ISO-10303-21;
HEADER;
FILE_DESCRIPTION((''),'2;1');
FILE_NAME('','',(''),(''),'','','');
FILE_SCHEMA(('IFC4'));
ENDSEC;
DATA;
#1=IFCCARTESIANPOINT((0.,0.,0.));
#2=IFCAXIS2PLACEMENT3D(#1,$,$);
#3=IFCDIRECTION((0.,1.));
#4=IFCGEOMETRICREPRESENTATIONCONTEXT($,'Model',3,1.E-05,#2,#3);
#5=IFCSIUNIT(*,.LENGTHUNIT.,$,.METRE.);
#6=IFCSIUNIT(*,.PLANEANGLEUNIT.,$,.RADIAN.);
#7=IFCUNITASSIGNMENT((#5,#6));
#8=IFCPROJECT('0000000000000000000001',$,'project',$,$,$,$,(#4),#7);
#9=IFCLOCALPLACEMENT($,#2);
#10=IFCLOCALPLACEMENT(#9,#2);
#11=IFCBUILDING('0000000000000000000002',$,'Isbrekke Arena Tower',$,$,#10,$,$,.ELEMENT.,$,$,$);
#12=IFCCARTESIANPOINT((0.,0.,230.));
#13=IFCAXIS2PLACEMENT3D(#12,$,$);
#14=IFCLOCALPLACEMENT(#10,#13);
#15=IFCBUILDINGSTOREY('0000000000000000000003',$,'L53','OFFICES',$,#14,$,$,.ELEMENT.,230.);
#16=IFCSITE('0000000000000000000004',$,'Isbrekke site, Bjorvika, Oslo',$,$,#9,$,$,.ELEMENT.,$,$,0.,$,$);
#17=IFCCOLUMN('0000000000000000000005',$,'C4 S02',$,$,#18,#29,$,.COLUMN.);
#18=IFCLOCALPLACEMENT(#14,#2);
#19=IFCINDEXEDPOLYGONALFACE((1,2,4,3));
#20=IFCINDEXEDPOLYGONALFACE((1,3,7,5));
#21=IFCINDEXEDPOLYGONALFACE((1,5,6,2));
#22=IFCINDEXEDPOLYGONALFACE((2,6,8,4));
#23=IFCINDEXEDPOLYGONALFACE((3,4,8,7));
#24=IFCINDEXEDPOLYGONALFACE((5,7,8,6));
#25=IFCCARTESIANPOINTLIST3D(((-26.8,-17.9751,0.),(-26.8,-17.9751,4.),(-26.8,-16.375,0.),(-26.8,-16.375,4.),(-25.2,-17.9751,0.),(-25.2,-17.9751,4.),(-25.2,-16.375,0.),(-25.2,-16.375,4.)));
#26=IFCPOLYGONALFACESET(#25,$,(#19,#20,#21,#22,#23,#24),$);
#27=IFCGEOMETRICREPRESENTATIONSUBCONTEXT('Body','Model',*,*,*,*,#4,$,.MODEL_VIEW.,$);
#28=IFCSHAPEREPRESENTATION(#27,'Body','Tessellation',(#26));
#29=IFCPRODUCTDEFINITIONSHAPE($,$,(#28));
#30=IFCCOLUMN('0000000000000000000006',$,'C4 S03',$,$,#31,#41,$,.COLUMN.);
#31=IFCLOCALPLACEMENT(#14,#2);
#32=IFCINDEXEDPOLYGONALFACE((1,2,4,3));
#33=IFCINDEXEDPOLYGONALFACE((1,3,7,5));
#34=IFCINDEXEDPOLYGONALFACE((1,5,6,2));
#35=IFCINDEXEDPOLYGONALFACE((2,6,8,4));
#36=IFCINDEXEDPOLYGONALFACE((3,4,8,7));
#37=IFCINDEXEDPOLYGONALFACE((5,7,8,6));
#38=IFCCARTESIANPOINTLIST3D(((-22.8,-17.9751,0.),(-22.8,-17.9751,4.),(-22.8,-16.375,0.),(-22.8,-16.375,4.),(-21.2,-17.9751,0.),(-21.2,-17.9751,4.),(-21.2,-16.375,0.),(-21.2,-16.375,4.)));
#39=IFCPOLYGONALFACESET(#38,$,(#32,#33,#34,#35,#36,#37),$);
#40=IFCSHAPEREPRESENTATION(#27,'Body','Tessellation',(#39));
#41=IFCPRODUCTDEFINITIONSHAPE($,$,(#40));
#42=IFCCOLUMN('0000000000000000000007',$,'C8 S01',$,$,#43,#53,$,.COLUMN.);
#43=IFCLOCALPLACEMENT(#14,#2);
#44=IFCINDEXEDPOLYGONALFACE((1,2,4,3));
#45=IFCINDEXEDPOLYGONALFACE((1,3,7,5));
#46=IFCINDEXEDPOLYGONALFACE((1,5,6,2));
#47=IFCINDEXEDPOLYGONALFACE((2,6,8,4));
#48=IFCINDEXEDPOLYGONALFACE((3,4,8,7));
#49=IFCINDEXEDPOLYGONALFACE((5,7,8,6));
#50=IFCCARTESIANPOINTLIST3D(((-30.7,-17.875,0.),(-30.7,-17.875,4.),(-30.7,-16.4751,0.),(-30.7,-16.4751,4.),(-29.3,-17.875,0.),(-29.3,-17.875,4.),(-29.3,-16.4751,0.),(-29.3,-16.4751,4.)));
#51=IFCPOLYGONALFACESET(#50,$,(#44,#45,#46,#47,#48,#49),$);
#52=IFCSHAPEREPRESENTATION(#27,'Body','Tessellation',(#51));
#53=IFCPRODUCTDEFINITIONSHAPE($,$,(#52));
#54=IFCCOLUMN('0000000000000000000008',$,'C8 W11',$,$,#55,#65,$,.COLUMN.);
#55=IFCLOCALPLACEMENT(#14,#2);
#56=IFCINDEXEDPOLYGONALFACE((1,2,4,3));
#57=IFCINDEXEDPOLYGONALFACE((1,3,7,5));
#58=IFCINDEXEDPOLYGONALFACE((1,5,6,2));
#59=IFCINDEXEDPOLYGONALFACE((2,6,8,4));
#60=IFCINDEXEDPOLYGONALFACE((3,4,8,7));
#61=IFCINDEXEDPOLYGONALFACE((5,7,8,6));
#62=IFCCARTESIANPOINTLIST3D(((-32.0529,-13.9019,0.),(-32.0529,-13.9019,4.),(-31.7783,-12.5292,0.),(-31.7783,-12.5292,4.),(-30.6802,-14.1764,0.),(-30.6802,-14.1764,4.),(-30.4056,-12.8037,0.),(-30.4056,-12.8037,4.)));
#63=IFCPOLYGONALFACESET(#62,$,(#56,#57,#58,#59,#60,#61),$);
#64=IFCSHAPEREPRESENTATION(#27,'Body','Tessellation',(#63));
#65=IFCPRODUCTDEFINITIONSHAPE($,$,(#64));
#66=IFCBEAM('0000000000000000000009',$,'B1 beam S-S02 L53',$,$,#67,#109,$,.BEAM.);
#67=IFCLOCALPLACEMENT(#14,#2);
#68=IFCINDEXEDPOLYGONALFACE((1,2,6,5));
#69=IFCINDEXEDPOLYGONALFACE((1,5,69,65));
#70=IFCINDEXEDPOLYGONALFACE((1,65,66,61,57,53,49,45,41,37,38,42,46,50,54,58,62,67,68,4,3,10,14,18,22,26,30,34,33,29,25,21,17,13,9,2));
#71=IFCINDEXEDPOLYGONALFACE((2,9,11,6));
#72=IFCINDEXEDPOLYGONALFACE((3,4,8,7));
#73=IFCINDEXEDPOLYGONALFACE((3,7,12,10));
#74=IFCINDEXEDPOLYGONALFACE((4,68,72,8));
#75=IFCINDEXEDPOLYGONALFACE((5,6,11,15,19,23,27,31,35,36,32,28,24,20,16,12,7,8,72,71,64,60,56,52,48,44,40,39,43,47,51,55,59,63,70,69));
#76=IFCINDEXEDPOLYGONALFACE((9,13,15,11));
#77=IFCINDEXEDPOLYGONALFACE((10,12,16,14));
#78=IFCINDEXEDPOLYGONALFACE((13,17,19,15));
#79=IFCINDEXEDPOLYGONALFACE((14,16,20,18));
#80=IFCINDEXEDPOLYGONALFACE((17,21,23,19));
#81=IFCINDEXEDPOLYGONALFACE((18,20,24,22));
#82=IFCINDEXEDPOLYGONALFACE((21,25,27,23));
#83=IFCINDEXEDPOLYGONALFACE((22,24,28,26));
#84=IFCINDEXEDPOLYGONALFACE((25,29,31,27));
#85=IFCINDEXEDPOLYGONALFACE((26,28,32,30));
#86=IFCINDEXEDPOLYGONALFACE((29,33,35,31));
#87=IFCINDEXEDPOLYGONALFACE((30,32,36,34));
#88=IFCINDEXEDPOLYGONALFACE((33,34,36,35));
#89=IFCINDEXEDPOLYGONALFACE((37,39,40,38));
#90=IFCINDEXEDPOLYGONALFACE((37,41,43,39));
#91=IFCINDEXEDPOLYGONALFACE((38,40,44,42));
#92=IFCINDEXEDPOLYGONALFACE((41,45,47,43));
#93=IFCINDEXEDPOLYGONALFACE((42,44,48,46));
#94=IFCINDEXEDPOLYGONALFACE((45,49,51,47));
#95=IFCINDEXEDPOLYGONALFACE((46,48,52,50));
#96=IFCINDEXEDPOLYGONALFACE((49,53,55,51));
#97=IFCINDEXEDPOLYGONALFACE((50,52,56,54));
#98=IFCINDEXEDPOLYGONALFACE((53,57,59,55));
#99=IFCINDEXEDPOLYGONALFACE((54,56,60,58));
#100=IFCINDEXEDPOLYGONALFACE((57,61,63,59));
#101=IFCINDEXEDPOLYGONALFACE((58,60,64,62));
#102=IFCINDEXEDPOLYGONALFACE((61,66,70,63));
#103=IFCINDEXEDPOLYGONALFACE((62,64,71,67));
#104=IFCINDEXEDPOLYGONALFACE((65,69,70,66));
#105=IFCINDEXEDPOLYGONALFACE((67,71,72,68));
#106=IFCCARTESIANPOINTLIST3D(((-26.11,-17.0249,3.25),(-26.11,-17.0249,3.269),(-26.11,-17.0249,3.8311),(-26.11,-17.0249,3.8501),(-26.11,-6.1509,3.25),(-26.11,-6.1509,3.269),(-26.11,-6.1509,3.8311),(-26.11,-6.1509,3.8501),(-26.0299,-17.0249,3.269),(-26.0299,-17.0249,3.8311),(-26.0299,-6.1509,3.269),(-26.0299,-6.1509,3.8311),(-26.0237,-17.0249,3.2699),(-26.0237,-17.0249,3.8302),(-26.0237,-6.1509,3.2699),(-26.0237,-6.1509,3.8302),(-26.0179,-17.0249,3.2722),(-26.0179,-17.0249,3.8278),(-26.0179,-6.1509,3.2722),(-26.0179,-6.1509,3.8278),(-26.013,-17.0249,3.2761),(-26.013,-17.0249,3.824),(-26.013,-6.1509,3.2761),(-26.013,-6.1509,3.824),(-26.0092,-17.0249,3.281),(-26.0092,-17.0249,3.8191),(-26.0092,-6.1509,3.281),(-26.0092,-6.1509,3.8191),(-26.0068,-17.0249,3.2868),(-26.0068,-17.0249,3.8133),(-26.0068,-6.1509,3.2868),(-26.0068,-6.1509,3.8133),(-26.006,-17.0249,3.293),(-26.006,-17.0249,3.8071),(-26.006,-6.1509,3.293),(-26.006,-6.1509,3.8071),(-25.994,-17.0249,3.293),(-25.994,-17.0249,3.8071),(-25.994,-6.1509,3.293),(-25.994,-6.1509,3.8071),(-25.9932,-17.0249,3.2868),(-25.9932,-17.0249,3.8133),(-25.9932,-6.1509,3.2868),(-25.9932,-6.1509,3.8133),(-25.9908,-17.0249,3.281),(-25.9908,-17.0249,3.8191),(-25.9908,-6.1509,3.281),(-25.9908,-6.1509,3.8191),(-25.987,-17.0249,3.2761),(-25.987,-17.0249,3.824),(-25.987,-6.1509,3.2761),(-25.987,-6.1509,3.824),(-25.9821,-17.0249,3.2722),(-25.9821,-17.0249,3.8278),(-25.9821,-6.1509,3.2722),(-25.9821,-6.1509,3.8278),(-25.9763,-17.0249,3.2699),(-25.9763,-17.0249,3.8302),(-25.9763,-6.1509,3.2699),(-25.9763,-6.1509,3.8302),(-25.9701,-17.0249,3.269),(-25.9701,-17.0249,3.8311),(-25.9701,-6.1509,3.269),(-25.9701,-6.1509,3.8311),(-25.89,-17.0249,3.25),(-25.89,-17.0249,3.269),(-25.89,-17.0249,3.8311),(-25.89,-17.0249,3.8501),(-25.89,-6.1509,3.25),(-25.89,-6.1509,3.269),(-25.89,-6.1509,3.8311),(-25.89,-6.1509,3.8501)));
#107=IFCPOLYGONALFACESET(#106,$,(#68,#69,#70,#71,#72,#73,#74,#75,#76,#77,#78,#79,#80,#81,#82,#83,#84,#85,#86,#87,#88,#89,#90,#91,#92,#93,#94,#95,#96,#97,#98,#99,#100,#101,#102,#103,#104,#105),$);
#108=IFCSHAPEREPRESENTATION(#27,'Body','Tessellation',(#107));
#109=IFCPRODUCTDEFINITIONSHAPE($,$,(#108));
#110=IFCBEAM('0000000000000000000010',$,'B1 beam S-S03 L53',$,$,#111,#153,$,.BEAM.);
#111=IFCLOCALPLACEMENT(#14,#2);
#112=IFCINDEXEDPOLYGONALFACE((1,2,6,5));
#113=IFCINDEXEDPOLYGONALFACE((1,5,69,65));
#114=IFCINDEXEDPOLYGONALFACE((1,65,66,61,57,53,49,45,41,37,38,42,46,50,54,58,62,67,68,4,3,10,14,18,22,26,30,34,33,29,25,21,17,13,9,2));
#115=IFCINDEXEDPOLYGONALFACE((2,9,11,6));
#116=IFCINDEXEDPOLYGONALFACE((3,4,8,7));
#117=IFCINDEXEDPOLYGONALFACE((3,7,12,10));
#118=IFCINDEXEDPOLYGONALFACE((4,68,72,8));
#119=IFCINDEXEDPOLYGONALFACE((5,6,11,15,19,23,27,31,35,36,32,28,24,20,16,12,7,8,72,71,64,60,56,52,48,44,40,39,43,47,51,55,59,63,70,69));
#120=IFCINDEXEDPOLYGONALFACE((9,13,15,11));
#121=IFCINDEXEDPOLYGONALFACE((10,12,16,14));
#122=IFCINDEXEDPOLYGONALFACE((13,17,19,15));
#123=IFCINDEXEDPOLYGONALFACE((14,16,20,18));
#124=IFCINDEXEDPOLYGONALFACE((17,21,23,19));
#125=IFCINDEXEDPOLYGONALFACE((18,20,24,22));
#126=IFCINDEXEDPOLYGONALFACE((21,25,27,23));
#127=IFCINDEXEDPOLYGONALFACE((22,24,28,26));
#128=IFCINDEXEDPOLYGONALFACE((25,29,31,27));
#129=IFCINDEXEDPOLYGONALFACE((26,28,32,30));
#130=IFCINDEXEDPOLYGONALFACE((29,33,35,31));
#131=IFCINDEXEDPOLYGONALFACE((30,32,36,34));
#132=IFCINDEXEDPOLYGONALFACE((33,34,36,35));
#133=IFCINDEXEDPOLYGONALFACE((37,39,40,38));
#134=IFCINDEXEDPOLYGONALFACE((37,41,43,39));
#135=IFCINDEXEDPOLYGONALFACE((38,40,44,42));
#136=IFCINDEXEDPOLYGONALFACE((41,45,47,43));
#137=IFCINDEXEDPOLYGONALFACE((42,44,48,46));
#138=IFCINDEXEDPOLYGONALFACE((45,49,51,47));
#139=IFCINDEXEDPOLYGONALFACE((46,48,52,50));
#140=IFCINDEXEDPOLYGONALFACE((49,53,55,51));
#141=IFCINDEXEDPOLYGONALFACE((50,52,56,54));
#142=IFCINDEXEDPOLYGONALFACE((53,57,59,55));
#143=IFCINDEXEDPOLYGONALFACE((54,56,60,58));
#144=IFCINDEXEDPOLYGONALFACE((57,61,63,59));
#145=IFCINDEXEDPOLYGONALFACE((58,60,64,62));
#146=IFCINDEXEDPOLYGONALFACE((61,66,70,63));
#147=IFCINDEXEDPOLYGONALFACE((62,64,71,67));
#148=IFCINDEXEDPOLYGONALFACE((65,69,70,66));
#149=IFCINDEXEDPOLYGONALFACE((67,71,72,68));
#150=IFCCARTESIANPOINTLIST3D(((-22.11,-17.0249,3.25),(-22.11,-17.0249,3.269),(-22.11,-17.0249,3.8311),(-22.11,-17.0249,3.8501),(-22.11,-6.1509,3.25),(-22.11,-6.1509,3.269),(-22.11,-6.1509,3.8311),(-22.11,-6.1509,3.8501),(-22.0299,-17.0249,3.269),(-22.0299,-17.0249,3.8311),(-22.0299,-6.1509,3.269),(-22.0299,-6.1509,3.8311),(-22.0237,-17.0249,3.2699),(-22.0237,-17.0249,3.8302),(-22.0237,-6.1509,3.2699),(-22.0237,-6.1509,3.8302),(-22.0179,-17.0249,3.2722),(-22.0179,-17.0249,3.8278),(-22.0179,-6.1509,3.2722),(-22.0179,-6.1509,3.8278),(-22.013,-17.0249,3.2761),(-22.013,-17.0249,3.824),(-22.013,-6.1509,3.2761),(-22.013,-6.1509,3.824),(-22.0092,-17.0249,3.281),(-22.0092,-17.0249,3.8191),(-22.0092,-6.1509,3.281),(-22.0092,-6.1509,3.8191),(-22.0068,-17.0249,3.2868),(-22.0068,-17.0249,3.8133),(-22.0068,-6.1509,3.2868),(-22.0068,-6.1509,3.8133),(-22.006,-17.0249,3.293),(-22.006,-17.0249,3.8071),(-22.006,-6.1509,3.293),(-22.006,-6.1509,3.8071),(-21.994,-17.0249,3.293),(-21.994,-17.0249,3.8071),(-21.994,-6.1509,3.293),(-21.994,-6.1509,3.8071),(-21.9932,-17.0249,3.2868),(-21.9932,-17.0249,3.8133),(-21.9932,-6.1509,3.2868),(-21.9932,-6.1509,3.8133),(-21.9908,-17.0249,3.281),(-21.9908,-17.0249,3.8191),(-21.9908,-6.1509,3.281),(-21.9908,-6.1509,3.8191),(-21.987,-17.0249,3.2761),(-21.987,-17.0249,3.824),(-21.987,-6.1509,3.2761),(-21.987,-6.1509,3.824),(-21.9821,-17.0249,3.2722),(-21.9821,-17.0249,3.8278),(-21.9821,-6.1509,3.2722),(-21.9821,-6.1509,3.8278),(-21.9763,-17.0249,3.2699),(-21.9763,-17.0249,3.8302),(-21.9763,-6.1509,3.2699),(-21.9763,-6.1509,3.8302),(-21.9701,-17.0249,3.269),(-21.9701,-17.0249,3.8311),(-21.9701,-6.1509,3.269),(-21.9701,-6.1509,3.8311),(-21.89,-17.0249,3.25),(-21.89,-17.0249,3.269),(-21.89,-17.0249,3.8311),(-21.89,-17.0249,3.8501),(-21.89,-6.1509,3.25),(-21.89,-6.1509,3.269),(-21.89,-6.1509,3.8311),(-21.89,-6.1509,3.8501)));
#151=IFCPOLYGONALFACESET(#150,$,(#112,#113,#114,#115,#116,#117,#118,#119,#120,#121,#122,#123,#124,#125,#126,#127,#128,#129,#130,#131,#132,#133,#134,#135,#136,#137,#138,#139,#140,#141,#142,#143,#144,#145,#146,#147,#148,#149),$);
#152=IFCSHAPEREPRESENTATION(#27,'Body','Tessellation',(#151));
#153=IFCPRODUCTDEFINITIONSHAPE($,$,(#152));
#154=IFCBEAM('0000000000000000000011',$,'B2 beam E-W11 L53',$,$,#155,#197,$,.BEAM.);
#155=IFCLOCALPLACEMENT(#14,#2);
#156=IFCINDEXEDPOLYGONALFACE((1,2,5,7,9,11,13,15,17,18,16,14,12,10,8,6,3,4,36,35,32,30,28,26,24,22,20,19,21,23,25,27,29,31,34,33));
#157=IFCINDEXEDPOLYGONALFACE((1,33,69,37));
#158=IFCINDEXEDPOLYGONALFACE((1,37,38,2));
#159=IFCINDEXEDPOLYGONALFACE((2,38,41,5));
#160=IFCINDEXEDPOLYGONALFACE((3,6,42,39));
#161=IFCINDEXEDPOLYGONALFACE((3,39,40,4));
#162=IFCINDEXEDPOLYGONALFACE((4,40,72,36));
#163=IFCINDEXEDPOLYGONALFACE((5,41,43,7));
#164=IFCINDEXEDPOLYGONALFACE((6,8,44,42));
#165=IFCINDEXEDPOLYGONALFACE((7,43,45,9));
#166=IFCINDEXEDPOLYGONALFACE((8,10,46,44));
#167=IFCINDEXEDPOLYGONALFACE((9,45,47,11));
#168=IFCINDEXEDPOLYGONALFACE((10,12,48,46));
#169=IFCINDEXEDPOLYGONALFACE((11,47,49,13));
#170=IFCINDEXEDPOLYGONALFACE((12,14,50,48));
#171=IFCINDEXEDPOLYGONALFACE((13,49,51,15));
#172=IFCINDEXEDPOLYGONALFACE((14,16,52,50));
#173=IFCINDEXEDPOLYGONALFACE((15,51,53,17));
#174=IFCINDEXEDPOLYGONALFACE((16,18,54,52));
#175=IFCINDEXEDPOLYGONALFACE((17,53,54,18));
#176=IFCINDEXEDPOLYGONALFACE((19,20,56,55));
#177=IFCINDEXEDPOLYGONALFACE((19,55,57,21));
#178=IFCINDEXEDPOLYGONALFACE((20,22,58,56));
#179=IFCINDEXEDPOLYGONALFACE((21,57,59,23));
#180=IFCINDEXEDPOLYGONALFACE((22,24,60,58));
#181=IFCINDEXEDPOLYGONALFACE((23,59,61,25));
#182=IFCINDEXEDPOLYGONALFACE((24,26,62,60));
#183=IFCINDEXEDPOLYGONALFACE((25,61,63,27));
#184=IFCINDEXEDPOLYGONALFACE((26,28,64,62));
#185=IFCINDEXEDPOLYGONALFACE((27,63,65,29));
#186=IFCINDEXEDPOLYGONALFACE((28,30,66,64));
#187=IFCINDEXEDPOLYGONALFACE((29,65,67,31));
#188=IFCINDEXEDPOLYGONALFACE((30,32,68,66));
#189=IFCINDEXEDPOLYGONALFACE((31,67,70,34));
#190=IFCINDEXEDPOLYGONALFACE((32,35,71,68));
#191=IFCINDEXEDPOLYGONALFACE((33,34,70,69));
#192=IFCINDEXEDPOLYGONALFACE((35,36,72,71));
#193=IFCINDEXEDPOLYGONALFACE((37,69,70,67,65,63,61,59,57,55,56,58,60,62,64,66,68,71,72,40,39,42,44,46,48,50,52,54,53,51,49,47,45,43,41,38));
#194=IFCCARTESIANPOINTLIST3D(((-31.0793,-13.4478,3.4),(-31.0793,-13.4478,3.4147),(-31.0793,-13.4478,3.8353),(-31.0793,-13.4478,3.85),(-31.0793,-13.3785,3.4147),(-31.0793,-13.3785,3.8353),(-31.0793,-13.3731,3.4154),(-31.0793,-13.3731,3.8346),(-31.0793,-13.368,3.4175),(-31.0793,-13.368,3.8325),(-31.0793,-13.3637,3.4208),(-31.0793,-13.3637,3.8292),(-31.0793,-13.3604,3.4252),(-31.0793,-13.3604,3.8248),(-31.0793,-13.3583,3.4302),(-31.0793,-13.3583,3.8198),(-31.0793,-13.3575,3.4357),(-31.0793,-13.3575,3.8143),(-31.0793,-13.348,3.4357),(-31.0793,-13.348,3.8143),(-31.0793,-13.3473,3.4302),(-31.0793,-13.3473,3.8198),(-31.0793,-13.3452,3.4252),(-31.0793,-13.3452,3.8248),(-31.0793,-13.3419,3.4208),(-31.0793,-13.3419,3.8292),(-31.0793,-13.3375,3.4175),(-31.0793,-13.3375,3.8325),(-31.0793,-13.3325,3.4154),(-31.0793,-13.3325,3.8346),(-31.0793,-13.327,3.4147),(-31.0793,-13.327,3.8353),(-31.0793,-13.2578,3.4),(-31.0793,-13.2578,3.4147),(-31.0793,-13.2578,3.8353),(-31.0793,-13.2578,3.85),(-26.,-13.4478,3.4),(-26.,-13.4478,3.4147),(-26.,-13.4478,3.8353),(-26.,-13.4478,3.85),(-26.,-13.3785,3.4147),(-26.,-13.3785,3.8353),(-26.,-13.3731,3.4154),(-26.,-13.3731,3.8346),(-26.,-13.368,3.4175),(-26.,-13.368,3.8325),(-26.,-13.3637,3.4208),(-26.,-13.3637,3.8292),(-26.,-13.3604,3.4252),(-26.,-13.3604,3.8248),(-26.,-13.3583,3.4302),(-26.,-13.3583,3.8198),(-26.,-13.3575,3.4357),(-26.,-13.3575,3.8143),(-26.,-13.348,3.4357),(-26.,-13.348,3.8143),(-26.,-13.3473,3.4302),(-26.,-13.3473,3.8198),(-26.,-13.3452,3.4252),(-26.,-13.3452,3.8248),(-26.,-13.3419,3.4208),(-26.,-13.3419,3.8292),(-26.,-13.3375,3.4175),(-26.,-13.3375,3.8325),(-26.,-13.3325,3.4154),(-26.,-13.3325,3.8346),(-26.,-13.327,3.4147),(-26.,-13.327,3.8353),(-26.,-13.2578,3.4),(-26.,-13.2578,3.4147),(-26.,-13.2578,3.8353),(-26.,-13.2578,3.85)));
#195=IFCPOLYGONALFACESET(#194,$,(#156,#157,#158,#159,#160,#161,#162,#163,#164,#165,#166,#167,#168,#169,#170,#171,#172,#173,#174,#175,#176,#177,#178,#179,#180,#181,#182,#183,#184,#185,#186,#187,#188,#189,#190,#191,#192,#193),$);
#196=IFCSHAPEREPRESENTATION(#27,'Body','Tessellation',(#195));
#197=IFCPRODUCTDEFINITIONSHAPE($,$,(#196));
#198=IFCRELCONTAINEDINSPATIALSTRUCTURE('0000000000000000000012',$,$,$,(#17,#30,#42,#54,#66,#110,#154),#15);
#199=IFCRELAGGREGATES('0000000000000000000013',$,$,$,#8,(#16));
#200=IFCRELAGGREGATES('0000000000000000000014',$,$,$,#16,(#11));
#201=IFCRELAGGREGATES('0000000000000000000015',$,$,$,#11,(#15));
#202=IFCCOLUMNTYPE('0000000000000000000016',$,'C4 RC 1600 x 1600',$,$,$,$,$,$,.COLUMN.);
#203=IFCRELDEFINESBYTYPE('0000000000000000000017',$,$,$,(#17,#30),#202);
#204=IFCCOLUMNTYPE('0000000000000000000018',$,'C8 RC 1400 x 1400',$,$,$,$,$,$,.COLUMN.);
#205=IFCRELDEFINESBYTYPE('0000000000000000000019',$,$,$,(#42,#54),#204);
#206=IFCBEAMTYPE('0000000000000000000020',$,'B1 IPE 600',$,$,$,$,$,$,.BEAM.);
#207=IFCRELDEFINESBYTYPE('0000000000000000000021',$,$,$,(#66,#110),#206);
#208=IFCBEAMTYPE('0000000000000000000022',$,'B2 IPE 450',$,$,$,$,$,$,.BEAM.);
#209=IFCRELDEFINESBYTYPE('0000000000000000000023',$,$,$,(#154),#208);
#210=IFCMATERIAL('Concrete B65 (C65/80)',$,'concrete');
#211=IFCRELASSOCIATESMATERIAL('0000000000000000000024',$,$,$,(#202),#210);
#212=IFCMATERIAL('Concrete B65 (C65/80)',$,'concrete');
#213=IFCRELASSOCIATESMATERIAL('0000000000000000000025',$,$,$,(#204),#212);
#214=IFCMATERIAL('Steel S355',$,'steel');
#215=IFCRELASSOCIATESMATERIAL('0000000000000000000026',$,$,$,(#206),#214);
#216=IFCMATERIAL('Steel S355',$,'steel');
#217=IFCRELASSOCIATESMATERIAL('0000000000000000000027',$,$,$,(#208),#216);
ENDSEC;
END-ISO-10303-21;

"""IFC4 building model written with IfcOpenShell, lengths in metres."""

from ifc_helpers import new_model, si_unit, direction, frame, origin, origin_2d, place, context, subcontext, project, spatial, rectangle, i_section, extrude, material, material_profile, profile_set, type_object, element, save


model = new_model("IFC4")

# Units and contexts
model_context = context("Model", 3, precision=1e-05, world=origin(), true_north=direction((0.0, 1.0)))
body_context = subcontext(model_context, "Body", "Model", "MODEL_VIEW")
ifc_project = project(units=[si_unit("LENGTHUNIT", "METRE"), si_unit("PLANEANGLEUNIT", "RADIAN")], contexts=[model_context])

# Site, building, storey
site_placement = place(None, origin())
site = spatial("IfcSite", under=ifc_project, at=site_placement, Name="Isbrekke site, Bjorvika, Oslo", CompositionType="ELEMENT", RefElevation=0.0)
building_placement = place(site_placement, origin())
building = spatial("IfcBuilding", under=site, at=building_placement, Name="Isbrekke Arena Tower", CompositionType="ELEMENT")
storey_placement = place(building_placement, frame((0.0, 0.0, 230.0)))
storey = spatial("IfcBuildingStorey", under=building, at=storey_placement, Name="L53", Description="OFFICES", CompositionType="ELEMENT", Elevation=230.0)

# Columns
ifc_material_1 = material(Name="Concrete B65 (C65/80)", Category="concrete")
ifc_material_profile_1 = material_profile(ifc_material_1, rectangle(XDim=1.6001, YDim=1.6001, at=origin_2d()), Name="RC 1600x1600")
ifc_profile_set_1 = profile_set([ifc_material_profile_1], Name="Concrete B65 (C65/80)")
column_type_1 = type_object("IfcColumnType", Name="C4 RC 1600 x 1600", PredefinedType="COLUMN", material=ifc_profile_set_1)
for number, where, z_axis, x_axis, name in (
    (1, (-26.0, -17.175, 0.0), (0.0, 0.0, 1.0), (1.0, 0.0, 0.0), "C4 S02"),
    (2, (-22.0, -17.175, 0.0), (0.0, 0.0, 1.0), (1.0, 0.0, 0.0), "C4 S03"),
):
    element("IfcColumn", number, at=place(storey_placement, frame(where, z_axis=z_axis, x_axis=x_axis)), inside=storey, type_object=column_type_1, Name=name, PredefinedType="COLUMN", context=body_context, shape_type="SweptSolid", body=[
        extrude(rectangle(XDim=1.6001, YDim=1.6001, at=origin_2d()), origin(), (0.0, 0.0, 1.0), 4.0),
    ])
ifc_material_2 = material(Name="Concrete B65 (C65/80)", Category="concrete")
ifc_material_profile_2 = material_profile(ifc_material_2, rectangle(XDim=1.3999, YDim=1.3999, at=origin_2d()), Name="RC 1400x1400")
ifc_profile_set_2 = profile_set([ifc_material_profile_2], Name="Concrete B65 (C65/80)")
column_type_2 = type_object("IfcColumnType", Name="C8 RC 1400 x 1400", PredefinedType="COLUMN", material=ifc_profile_set_2)
for number, where, z_axis, x_axis, name in (
    (3, (-30.0, -17.175, 0.0), (0.0, 0.0, 1.0), (1.0, 0.0, 0.0), "C8 S01"),
    (4, (-31.2292, -13.3528, 0.0), (0.0, 0.0, 1.0), (-0.196116, -0.980581, 0.0), "C8 W11"),
):
    element("IfcColumn", number, at=place(storey_placement, frame(where, z_axis=z_axis, x_axis=x_axis)), inside=storey, type_object=column_type_2, Name=name, PredefinedType="COLUMN", context=body_context, shape_type="SweptSolid", body=[
        extrude(rectangle(XDim=1.3999, YDim=1.3999, at=origin_2d()), origin(), (0.0, 0.0, 1.0), 4.0),
    ])

# Beams
ifc_material_3 = material(Name="Steel S355", Category="steel")
ifc_material_profile_3 = material_profile(ifc_material_3, i_section(OverallWidth=0.22, OverallDepth=0.6001, WebThickness=0.012, FlangeThickness=0.019, FilletRadius=0.0239, at=origin_2d()), Name="IPE 600")
ifc_profile_set_3 = profile_set([ifc_material_profile_3], Name="Steel S355")
beam_type_1 = type_object("IfcBeamType", Name="B1 IPE 600", PredefinedType="BEAM", material=ifc_profile_set_3)
for number, where, z_axis, x_axis, name in (
    (5, (-26.0, -17.0249, 3.55), (0.0, 1.0, 0.0), (-1.0, 0.0, 0.0), "B1 beam S-S02 L53"),
    (6, (-22.0, -17.0249, 3.55), (0.0, 1.0, 0.0), (-1.0, 0.0, 0.0), "B1 beam S-S03 L53"),
):
    element("IfcBeam", number, at=place(storey_placement, frame(where, z_axis=z_axis, x_axis=x_axis)), inside=storey, type_object=beam_type_1, Name=name, PredefinedType="BEAM", context=body_context, shape_type="SweptSolid", body=[
        extrude(i_section(OverallWidth=0.22, OverallDepth=0.6001, WebThickness=0.012, FlangeThickness=0.019, FilletRadius=0.0239, at=origin_2d()), origin(), (0.0, 0.0, 1.0), 10.874),
    ])
ifc_material_4 = material(Name="Steel S355", Category="steel")
ifc_material_profile_4 = material_profile(ifc_material_4, i_section(OverallWidth=0.1899, OverallDepth=0.45, WebThickness=0.0095, FlangeThickness=0.0146, FilletRadius=0.021, at=origin_2d()), Name="IPE 450")
ifc_profile_set_4 = profile_set([ifc_material_profile_4], Name="Steel S355")
beam_type_2 = type_object("IfcBeamType", Name="B2 IPE 450", PredefinedType="BEAM", material=ifc_profile_set_4)
beam_1_placement = place(storey_placement, frame((-31.0793, -13.3528, 3.625), z_axis=(1.0, 0.0, 0.0), x_axis=(0.0, 1.0, 0.0)))
element("IfcBeam", 7, at=beam_1_placement, inside=storey, type_object=beam_type_2, Name="B2 beam E-W11 L53", PredefinedType="BEAM", context=body_context, shape_type="SweptSolid", body=[
    extrude(i_section(OverallWidth=0.1899, OverallDepth=0.45, WebThickness=0.0095, FlangeThickness=0.0146, FilletRadius=0.021, at=origin_2d()), origin(), (0.0, 0.0, 1.0), 5.0793),
])

save(model, "model.ifc")
